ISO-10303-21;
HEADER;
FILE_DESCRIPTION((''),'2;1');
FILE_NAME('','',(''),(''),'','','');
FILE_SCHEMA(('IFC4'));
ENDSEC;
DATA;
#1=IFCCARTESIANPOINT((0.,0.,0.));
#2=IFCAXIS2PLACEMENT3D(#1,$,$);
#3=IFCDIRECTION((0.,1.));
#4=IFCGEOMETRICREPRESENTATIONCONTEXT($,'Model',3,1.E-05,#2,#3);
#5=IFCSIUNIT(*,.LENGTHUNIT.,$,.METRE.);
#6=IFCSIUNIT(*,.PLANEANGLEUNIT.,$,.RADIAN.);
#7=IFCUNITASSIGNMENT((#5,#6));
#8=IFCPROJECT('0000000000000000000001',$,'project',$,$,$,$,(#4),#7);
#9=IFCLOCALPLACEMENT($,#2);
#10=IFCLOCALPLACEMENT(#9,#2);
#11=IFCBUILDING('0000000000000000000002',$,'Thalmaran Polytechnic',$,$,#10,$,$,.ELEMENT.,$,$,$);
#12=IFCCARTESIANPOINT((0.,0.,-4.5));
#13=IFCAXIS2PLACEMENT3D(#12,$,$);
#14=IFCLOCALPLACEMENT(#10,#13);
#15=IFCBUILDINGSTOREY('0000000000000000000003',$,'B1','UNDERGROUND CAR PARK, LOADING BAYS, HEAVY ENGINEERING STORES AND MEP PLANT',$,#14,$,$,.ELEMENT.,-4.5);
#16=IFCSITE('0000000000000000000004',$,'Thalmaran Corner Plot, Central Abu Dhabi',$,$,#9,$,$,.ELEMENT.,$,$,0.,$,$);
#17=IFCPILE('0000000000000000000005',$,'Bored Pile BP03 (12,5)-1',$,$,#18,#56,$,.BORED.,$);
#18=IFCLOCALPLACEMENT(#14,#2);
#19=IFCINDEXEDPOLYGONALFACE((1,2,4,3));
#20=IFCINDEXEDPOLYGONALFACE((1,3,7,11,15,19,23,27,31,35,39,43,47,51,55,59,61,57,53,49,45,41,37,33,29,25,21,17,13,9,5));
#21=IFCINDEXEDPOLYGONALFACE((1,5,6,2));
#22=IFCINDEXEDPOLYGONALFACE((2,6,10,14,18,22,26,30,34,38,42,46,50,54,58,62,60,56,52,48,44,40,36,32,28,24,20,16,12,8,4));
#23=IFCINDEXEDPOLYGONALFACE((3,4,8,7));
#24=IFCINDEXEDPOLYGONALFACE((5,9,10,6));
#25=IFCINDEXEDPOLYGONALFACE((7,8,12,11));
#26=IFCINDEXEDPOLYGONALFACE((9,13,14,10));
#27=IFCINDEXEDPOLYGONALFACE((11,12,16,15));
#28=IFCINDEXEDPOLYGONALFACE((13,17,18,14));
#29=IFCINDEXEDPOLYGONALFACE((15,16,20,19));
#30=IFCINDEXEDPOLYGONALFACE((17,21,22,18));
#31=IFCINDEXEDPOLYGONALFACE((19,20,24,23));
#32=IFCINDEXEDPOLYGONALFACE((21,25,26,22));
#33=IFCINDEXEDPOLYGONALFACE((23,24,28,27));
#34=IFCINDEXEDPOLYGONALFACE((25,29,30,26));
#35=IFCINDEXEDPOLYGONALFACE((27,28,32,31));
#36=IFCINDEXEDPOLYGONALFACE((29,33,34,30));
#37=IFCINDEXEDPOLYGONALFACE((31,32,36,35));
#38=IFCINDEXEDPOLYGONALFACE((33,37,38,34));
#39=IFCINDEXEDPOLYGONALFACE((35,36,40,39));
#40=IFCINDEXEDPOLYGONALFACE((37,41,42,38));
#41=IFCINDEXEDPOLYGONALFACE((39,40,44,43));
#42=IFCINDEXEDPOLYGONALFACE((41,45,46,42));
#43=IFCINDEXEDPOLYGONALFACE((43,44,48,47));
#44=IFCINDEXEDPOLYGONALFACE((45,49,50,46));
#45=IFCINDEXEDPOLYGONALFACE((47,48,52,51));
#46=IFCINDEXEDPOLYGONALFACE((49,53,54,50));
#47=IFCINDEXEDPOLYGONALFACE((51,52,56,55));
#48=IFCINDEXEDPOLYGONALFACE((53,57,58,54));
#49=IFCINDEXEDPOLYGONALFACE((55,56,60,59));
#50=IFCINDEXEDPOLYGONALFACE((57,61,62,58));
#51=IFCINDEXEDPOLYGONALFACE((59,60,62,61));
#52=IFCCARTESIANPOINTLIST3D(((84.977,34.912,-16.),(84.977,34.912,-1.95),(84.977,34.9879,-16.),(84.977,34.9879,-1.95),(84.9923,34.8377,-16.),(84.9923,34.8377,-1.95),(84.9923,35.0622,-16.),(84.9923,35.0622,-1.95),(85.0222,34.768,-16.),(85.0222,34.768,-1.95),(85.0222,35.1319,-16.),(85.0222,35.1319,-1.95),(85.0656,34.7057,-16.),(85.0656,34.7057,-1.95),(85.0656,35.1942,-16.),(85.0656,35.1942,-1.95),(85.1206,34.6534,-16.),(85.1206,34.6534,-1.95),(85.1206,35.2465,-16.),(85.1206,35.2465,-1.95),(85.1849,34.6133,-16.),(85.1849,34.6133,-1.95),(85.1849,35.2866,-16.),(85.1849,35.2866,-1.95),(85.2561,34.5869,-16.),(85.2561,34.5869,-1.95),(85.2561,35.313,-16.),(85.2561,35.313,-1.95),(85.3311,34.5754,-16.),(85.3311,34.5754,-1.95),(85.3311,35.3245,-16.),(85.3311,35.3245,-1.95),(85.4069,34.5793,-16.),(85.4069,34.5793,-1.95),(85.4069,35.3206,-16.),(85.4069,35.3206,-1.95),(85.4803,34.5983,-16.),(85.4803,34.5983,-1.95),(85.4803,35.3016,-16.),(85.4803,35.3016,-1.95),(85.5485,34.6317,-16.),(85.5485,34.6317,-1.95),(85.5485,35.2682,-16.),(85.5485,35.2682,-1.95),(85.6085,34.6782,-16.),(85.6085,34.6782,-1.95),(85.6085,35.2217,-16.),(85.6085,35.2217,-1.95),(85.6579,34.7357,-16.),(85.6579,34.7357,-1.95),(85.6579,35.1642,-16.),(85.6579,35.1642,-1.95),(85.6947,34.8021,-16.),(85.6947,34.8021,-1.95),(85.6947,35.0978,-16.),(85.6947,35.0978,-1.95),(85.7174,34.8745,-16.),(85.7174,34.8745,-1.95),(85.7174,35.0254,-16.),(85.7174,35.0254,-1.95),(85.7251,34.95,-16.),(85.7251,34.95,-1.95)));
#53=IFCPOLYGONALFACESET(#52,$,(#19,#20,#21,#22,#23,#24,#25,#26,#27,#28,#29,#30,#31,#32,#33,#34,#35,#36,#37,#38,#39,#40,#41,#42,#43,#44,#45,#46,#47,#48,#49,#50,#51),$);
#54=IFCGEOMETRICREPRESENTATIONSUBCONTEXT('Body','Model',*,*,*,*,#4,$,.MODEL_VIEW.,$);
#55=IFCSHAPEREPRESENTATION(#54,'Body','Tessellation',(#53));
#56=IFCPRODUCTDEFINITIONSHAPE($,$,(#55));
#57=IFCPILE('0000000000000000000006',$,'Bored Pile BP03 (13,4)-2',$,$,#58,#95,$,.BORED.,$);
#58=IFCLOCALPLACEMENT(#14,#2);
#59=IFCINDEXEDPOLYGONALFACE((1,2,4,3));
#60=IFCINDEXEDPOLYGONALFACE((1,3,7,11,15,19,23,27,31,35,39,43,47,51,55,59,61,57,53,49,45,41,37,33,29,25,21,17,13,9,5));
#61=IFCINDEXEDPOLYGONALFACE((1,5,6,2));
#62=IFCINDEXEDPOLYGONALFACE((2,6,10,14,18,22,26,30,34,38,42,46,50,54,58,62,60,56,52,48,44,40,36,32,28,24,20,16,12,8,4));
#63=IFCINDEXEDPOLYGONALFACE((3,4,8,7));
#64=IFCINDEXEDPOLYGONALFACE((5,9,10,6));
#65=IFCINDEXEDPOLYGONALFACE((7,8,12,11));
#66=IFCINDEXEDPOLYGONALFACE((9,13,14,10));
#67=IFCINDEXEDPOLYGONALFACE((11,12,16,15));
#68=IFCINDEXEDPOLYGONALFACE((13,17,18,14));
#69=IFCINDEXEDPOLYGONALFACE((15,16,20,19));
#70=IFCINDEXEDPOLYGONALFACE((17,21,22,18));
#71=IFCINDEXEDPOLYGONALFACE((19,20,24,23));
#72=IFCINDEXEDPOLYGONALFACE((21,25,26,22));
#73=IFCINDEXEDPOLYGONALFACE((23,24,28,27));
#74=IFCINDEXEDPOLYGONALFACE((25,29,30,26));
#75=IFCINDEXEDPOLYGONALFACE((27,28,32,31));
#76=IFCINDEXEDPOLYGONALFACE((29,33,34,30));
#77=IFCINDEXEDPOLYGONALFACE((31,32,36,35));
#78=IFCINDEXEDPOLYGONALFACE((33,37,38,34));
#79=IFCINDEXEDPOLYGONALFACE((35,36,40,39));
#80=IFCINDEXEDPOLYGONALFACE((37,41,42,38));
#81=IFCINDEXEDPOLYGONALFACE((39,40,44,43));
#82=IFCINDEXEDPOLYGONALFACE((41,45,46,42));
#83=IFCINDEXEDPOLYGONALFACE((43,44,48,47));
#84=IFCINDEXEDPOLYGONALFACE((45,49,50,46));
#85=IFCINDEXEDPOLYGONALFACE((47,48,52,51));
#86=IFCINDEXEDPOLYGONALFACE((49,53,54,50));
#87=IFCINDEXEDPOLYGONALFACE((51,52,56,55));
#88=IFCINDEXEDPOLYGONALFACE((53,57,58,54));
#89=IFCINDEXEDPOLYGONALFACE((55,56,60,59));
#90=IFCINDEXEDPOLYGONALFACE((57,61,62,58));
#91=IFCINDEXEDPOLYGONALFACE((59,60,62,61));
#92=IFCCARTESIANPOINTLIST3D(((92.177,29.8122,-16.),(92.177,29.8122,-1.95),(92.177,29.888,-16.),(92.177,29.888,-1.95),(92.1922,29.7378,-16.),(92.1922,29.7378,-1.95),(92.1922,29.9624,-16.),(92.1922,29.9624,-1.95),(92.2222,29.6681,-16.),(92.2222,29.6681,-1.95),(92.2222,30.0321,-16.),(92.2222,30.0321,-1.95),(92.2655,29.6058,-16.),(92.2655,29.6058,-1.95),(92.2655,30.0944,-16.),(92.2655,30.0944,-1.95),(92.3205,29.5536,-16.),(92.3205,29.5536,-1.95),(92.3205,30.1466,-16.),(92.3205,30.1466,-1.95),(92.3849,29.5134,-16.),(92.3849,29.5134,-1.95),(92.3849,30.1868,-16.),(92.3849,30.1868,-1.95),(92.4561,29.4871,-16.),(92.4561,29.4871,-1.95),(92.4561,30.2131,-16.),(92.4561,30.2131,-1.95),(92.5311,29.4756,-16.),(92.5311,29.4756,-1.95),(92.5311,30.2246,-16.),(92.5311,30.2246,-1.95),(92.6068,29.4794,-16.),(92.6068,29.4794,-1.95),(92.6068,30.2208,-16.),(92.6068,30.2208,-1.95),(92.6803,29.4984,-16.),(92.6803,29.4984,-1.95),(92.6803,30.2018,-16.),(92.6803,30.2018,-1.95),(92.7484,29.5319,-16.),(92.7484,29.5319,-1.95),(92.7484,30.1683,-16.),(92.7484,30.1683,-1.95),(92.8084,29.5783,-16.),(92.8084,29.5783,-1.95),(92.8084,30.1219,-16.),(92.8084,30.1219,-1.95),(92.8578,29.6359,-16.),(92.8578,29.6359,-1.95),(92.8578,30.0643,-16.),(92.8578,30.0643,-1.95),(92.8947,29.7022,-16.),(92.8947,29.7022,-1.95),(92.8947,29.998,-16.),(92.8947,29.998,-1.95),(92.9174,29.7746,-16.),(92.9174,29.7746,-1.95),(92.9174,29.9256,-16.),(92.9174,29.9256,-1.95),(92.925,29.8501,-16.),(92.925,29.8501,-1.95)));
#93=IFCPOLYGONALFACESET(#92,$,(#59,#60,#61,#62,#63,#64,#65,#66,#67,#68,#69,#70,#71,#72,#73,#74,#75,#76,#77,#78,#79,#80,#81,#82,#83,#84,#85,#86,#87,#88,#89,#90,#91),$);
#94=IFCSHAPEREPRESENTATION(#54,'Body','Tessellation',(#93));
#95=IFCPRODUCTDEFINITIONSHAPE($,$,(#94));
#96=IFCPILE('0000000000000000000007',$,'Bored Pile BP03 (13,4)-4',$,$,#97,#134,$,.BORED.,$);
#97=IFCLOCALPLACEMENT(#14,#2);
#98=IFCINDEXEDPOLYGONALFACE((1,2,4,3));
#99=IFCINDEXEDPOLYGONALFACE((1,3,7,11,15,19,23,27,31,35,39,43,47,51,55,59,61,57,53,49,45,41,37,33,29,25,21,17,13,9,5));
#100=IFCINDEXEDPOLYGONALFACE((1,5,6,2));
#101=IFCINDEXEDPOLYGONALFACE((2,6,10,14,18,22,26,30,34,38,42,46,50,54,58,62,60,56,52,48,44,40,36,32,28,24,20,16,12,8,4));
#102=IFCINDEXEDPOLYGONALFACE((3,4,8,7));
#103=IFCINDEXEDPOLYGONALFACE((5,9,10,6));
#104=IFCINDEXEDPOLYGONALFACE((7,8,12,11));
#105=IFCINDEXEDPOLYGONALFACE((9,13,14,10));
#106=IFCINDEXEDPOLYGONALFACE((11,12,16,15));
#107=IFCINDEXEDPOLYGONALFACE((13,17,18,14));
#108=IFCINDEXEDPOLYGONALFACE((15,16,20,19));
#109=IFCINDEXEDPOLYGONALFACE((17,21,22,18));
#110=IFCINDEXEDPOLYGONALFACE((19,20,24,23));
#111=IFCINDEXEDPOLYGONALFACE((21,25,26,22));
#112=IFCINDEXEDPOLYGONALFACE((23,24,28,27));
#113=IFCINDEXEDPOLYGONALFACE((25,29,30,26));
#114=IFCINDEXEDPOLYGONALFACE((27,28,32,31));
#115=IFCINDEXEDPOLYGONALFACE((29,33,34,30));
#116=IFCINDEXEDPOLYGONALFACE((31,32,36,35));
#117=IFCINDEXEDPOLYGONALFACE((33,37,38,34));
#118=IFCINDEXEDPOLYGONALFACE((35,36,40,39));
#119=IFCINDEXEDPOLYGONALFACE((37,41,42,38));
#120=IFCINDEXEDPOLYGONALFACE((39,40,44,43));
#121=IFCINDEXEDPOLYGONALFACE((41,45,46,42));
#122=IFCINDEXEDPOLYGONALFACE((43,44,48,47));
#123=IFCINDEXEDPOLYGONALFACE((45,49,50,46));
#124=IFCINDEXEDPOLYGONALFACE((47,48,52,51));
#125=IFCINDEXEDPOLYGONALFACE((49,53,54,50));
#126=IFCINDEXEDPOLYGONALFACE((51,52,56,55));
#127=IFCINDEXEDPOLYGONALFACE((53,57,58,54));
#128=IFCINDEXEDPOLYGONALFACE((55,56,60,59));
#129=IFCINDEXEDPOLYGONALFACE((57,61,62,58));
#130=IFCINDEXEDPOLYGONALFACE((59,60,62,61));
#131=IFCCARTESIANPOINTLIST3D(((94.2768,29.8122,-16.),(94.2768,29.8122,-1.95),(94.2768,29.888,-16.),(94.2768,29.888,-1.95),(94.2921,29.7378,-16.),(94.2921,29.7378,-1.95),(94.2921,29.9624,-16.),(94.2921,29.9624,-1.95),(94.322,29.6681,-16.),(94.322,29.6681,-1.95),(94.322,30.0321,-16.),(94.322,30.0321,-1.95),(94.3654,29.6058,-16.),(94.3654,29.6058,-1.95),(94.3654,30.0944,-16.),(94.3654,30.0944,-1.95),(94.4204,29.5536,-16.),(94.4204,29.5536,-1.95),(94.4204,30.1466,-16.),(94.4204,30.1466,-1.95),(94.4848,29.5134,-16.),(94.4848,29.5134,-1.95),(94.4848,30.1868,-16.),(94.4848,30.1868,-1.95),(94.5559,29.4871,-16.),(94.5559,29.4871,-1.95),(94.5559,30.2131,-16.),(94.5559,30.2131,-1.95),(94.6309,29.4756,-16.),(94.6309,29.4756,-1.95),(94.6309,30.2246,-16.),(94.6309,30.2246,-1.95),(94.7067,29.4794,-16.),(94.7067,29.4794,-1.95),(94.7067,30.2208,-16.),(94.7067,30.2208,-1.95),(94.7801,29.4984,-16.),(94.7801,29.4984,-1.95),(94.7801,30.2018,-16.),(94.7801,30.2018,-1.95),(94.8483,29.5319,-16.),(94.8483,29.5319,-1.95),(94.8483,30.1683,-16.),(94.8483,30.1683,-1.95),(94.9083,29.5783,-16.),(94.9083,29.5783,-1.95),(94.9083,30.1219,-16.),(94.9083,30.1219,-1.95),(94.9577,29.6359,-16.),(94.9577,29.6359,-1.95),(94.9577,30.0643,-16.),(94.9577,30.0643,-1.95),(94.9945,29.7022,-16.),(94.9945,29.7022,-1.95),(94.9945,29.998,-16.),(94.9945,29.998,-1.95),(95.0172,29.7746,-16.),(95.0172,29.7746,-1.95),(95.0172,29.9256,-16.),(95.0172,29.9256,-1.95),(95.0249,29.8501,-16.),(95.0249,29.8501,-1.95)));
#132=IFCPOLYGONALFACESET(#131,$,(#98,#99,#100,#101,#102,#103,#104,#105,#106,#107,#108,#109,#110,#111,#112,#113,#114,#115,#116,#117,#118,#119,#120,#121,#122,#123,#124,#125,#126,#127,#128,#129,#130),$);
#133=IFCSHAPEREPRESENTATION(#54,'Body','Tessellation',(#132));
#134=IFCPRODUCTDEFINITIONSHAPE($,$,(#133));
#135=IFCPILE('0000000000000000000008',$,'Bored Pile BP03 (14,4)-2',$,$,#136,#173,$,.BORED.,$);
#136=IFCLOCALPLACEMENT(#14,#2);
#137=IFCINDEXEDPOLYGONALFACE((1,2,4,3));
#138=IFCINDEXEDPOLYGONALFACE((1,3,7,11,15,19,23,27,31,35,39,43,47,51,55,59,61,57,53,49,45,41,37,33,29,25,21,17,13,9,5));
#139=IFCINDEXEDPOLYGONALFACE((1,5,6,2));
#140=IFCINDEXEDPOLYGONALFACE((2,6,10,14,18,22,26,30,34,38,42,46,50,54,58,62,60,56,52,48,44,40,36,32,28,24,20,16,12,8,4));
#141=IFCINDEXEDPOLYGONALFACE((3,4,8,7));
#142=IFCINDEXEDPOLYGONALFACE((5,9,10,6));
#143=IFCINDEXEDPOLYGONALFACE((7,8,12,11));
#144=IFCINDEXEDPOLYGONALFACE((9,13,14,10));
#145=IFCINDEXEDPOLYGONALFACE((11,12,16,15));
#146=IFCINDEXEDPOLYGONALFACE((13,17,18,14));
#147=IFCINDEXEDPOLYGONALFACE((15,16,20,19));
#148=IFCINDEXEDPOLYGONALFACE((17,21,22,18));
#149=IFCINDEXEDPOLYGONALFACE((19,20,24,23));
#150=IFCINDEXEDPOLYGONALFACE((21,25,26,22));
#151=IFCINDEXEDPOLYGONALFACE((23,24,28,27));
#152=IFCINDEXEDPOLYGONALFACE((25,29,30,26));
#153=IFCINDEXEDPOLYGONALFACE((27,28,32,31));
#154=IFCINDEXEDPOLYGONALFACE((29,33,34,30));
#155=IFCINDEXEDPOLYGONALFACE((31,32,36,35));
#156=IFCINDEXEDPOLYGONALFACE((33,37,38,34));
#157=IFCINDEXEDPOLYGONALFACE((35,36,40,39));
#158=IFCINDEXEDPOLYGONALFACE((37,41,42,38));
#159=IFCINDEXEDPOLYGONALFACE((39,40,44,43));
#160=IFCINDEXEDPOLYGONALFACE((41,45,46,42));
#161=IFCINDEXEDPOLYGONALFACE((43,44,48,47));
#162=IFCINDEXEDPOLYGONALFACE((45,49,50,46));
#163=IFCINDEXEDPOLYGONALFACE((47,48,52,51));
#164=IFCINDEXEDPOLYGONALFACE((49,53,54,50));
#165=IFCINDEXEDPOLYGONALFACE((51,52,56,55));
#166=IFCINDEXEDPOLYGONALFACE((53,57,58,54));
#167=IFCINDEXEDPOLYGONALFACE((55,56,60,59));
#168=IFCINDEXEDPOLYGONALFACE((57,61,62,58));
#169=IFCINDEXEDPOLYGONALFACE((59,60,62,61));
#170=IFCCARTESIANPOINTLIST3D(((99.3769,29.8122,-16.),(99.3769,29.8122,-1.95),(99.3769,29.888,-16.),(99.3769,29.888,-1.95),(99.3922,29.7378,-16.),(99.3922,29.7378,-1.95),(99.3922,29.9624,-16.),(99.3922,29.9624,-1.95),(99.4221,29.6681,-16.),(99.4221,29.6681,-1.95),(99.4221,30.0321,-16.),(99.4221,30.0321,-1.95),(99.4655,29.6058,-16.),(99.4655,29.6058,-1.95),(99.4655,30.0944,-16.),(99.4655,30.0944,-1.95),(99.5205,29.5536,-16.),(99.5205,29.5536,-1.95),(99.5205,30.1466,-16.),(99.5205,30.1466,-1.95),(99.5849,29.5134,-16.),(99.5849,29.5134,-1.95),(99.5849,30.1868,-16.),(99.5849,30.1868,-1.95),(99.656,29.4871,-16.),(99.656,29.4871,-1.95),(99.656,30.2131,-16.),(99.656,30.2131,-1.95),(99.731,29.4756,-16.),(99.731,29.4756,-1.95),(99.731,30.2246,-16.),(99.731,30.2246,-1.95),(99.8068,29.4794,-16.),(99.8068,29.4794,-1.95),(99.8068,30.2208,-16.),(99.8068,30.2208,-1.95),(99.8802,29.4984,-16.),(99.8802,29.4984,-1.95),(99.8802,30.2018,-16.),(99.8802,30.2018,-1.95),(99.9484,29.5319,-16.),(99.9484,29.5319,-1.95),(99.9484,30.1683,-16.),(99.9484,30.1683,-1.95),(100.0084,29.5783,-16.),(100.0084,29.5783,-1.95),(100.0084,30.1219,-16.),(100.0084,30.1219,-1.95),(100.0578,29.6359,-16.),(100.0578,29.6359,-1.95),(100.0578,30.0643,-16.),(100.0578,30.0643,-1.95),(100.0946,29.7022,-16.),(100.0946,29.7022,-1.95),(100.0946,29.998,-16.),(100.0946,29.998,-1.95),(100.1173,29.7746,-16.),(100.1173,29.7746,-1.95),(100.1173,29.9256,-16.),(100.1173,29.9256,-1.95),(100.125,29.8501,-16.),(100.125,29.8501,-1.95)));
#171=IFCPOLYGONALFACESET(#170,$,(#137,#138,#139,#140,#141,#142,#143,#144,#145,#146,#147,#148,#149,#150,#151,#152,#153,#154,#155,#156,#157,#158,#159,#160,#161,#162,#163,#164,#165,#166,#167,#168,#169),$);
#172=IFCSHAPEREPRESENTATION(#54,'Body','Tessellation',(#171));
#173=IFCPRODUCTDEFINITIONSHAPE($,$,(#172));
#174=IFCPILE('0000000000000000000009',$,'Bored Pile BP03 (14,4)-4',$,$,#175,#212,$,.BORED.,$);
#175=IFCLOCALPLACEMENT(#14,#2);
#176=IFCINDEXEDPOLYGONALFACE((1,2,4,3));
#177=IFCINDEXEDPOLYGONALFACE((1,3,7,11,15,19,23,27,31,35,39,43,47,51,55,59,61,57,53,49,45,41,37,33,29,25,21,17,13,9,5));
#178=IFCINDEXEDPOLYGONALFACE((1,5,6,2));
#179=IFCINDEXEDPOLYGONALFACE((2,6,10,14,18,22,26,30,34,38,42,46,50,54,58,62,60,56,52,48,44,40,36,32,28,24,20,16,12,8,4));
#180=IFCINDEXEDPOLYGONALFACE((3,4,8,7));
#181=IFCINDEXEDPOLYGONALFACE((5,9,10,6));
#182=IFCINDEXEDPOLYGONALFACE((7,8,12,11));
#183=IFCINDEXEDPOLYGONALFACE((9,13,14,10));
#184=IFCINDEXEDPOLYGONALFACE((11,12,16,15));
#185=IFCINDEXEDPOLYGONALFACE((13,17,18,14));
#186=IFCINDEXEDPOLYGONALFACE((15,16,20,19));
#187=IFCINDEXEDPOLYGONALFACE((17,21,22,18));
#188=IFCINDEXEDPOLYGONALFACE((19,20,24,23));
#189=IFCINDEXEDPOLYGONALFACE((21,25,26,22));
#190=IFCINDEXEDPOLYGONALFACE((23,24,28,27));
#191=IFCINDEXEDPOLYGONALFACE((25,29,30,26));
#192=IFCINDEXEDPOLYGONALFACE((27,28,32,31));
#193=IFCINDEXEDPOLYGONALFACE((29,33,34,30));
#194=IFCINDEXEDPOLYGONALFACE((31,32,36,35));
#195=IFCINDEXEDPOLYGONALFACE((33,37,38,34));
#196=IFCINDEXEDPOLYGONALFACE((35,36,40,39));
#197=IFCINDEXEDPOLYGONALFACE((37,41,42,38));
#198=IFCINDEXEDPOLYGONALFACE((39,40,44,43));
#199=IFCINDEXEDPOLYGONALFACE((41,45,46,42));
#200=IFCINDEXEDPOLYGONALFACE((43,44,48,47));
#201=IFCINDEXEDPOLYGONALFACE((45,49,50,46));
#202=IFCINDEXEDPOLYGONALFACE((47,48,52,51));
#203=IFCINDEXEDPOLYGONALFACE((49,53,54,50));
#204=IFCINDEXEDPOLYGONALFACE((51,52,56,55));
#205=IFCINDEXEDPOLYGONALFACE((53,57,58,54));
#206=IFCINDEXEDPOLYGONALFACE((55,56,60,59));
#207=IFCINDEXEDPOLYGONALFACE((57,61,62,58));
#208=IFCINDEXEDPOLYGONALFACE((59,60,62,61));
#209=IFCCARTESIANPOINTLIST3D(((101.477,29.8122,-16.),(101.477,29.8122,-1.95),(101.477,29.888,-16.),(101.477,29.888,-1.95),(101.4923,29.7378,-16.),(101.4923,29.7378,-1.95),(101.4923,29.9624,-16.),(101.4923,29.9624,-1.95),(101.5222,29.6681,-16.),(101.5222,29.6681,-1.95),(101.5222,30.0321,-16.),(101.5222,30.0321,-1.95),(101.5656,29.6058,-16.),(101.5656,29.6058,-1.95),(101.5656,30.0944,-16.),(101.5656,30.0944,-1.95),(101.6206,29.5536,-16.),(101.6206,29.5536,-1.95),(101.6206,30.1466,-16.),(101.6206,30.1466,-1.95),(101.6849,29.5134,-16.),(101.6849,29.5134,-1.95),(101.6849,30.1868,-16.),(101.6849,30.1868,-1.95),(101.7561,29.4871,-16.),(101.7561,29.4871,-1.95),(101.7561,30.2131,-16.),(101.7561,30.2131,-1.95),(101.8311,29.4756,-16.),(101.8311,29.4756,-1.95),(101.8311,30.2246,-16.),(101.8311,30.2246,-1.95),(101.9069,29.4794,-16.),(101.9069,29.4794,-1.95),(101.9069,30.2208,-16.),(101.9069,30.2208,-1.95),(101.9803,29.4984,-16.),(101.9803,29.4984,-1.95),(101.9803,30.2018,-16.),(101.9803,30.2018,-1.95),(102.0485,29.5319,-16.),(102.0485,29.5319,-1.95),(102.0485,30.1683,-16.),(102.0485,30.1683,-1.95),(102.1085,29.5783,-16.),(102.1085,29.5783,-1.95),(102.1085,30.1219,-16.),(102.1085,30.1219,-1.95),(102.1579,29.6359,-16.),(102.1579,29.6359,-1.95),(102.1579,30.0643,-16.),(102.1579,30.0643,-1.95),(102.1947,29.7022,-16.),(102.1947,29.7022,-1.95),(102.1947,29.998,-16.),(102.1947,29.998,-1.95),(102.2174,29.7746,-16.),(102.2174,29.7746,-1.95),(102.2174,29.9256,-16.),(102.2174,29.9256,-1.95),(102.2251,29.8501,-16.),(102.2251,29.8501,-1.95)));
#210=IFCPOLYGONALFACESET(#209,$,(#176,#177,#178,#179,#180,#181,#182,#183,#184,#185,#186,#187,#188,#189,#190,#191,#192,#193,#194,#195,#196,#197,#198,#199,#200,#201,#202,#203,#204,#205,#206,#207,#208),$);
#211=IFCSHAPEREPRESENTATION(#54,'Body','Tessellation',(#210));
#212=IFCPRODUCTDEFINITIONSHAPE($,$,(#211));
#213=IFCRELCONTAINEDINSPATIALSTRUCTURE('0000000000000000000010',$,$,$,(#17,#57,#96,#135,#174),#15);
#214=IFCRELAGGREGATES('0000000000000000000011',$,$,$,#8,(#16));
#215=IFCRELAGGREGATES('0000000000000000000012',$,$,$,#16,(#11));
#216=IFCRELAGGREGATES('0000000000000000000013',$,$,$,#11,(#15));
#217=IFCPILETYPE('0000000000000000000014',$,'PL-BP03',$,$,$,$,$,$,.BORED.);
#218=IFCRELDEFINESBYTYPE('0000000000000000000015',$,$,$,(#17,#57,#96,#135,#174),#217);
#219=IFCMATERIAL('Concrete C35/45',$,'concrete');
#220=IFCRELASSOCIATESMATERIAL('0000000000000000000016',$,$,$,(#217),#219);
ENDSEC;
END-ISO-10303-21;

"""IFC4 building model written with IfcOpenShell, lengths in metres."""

from ifc_helpers import new_model, si_unit, direction, frame, origin, origin_2d, place, context, subcontext, project, spatial, circle, extrude, material, material_profile, profile_set, type_object, element, save


model = new_model("IFC4")

# Units and contexts
model_context = context("Model", 3, precision=1e-05, world=origin(), true_north=direction((0.0, 1.0)))
body_context = subcontext(model_context, "Body", "Model", "MODEL_VIEW")
ifc_project = project(units=[si_unit("LENGTHUNIT", "METRE"), si_unit("PLANEANGLEUNIT", "RADIAN")], contexts=[model_context])

# Site, building, storey
site_placement = place(None, origin())
site = spatial("IfcSite", under=ifc_project, at=site_placement, Name="Thalmaran Corner Plot, Central Abu Dhabi", CompositionType="ELEMENT", RefElevation=0.0)
building_placement = place(site_placement, origin())
building = spatial("IfcBuilding", under=site, at=building_placement, Name="Thalmaran Polytechnic", CompositionType="ELEMENT")
storey_placement = place(building_placement, frame((0.0, 0.0, -4.5)))
storey = spatial("IfcBuildingStorey", under=building, at=storey_placement, Name="B1", Description="UNDERGROUND CAR PARK, LOADING BAYS, HEAVY ENGINEERING STORES AND MEP PLANT", CompositionType="ELEMENT", Elevation=-4.5)

# Piles
ifc_material_1 = material(Name="Concrete C35/45", Category="concrete")
ifc_material_profile_1 = material_profile(ifc_material_1, circle(Radius=0.375, at=origin_2d()), Name="RC 750 DIA")
ifc_profile_set_1 = profile_set([ifc_material_profile_1], Name="Concrete C35/45")
pile_type = type_object("IfcPileType", Name="PL-BP03", PredefinedType="BORED", material=ifc_profile_set_1)
for number, where, z_axis, x_axis, name in (
    (1, (85.3501, 34.95, -1.95), (0.0, 0.0, -1.0), (1.0, 0.0, 0.0), "Bored Pile BP03 (12,5)-1"),
    (2, (92.55, 29.8501, -1.95), (0.0, 0.0, -1.0), (1.0, 0.0, 0.0), "Bored Pile BP03 (13,4)-2"),
    (3, (94.6499, 29.8501, -1.95), (0.0, 0.0, -1.0), (1.0, 0.0, 0.0), "Bored Pile BP03 (13,4)-4"),
    (4, (99.75, 29.8501, -1.95), (0.0, 0.0, -1.0), (1.0, 0.0, 0.0), "Bored Pile BP03 (14,4)-2"),
    (5, (101.8501, 29.8501, -1.95), (0.0, 0.0, -1.0), (1.0, 0.0, 0.0), "Bored Pile BP03 (14,4)-4"),
):
    element("IfcPile", number, at=place(storey_placement, frame(where, z_axis=z_axis, x_axis=x_axis)), inside=storey, type_object=pile_type, Name=name, PredefinedType="BORED", context=body_context, shape_type="SweptSolid", body=[
        extrude(circle(Radius=0.375, at=origin_2d()), origin(), (0.0, 0.0, 1.0), 14.05),
    ])

save(model, "model.ifc")
